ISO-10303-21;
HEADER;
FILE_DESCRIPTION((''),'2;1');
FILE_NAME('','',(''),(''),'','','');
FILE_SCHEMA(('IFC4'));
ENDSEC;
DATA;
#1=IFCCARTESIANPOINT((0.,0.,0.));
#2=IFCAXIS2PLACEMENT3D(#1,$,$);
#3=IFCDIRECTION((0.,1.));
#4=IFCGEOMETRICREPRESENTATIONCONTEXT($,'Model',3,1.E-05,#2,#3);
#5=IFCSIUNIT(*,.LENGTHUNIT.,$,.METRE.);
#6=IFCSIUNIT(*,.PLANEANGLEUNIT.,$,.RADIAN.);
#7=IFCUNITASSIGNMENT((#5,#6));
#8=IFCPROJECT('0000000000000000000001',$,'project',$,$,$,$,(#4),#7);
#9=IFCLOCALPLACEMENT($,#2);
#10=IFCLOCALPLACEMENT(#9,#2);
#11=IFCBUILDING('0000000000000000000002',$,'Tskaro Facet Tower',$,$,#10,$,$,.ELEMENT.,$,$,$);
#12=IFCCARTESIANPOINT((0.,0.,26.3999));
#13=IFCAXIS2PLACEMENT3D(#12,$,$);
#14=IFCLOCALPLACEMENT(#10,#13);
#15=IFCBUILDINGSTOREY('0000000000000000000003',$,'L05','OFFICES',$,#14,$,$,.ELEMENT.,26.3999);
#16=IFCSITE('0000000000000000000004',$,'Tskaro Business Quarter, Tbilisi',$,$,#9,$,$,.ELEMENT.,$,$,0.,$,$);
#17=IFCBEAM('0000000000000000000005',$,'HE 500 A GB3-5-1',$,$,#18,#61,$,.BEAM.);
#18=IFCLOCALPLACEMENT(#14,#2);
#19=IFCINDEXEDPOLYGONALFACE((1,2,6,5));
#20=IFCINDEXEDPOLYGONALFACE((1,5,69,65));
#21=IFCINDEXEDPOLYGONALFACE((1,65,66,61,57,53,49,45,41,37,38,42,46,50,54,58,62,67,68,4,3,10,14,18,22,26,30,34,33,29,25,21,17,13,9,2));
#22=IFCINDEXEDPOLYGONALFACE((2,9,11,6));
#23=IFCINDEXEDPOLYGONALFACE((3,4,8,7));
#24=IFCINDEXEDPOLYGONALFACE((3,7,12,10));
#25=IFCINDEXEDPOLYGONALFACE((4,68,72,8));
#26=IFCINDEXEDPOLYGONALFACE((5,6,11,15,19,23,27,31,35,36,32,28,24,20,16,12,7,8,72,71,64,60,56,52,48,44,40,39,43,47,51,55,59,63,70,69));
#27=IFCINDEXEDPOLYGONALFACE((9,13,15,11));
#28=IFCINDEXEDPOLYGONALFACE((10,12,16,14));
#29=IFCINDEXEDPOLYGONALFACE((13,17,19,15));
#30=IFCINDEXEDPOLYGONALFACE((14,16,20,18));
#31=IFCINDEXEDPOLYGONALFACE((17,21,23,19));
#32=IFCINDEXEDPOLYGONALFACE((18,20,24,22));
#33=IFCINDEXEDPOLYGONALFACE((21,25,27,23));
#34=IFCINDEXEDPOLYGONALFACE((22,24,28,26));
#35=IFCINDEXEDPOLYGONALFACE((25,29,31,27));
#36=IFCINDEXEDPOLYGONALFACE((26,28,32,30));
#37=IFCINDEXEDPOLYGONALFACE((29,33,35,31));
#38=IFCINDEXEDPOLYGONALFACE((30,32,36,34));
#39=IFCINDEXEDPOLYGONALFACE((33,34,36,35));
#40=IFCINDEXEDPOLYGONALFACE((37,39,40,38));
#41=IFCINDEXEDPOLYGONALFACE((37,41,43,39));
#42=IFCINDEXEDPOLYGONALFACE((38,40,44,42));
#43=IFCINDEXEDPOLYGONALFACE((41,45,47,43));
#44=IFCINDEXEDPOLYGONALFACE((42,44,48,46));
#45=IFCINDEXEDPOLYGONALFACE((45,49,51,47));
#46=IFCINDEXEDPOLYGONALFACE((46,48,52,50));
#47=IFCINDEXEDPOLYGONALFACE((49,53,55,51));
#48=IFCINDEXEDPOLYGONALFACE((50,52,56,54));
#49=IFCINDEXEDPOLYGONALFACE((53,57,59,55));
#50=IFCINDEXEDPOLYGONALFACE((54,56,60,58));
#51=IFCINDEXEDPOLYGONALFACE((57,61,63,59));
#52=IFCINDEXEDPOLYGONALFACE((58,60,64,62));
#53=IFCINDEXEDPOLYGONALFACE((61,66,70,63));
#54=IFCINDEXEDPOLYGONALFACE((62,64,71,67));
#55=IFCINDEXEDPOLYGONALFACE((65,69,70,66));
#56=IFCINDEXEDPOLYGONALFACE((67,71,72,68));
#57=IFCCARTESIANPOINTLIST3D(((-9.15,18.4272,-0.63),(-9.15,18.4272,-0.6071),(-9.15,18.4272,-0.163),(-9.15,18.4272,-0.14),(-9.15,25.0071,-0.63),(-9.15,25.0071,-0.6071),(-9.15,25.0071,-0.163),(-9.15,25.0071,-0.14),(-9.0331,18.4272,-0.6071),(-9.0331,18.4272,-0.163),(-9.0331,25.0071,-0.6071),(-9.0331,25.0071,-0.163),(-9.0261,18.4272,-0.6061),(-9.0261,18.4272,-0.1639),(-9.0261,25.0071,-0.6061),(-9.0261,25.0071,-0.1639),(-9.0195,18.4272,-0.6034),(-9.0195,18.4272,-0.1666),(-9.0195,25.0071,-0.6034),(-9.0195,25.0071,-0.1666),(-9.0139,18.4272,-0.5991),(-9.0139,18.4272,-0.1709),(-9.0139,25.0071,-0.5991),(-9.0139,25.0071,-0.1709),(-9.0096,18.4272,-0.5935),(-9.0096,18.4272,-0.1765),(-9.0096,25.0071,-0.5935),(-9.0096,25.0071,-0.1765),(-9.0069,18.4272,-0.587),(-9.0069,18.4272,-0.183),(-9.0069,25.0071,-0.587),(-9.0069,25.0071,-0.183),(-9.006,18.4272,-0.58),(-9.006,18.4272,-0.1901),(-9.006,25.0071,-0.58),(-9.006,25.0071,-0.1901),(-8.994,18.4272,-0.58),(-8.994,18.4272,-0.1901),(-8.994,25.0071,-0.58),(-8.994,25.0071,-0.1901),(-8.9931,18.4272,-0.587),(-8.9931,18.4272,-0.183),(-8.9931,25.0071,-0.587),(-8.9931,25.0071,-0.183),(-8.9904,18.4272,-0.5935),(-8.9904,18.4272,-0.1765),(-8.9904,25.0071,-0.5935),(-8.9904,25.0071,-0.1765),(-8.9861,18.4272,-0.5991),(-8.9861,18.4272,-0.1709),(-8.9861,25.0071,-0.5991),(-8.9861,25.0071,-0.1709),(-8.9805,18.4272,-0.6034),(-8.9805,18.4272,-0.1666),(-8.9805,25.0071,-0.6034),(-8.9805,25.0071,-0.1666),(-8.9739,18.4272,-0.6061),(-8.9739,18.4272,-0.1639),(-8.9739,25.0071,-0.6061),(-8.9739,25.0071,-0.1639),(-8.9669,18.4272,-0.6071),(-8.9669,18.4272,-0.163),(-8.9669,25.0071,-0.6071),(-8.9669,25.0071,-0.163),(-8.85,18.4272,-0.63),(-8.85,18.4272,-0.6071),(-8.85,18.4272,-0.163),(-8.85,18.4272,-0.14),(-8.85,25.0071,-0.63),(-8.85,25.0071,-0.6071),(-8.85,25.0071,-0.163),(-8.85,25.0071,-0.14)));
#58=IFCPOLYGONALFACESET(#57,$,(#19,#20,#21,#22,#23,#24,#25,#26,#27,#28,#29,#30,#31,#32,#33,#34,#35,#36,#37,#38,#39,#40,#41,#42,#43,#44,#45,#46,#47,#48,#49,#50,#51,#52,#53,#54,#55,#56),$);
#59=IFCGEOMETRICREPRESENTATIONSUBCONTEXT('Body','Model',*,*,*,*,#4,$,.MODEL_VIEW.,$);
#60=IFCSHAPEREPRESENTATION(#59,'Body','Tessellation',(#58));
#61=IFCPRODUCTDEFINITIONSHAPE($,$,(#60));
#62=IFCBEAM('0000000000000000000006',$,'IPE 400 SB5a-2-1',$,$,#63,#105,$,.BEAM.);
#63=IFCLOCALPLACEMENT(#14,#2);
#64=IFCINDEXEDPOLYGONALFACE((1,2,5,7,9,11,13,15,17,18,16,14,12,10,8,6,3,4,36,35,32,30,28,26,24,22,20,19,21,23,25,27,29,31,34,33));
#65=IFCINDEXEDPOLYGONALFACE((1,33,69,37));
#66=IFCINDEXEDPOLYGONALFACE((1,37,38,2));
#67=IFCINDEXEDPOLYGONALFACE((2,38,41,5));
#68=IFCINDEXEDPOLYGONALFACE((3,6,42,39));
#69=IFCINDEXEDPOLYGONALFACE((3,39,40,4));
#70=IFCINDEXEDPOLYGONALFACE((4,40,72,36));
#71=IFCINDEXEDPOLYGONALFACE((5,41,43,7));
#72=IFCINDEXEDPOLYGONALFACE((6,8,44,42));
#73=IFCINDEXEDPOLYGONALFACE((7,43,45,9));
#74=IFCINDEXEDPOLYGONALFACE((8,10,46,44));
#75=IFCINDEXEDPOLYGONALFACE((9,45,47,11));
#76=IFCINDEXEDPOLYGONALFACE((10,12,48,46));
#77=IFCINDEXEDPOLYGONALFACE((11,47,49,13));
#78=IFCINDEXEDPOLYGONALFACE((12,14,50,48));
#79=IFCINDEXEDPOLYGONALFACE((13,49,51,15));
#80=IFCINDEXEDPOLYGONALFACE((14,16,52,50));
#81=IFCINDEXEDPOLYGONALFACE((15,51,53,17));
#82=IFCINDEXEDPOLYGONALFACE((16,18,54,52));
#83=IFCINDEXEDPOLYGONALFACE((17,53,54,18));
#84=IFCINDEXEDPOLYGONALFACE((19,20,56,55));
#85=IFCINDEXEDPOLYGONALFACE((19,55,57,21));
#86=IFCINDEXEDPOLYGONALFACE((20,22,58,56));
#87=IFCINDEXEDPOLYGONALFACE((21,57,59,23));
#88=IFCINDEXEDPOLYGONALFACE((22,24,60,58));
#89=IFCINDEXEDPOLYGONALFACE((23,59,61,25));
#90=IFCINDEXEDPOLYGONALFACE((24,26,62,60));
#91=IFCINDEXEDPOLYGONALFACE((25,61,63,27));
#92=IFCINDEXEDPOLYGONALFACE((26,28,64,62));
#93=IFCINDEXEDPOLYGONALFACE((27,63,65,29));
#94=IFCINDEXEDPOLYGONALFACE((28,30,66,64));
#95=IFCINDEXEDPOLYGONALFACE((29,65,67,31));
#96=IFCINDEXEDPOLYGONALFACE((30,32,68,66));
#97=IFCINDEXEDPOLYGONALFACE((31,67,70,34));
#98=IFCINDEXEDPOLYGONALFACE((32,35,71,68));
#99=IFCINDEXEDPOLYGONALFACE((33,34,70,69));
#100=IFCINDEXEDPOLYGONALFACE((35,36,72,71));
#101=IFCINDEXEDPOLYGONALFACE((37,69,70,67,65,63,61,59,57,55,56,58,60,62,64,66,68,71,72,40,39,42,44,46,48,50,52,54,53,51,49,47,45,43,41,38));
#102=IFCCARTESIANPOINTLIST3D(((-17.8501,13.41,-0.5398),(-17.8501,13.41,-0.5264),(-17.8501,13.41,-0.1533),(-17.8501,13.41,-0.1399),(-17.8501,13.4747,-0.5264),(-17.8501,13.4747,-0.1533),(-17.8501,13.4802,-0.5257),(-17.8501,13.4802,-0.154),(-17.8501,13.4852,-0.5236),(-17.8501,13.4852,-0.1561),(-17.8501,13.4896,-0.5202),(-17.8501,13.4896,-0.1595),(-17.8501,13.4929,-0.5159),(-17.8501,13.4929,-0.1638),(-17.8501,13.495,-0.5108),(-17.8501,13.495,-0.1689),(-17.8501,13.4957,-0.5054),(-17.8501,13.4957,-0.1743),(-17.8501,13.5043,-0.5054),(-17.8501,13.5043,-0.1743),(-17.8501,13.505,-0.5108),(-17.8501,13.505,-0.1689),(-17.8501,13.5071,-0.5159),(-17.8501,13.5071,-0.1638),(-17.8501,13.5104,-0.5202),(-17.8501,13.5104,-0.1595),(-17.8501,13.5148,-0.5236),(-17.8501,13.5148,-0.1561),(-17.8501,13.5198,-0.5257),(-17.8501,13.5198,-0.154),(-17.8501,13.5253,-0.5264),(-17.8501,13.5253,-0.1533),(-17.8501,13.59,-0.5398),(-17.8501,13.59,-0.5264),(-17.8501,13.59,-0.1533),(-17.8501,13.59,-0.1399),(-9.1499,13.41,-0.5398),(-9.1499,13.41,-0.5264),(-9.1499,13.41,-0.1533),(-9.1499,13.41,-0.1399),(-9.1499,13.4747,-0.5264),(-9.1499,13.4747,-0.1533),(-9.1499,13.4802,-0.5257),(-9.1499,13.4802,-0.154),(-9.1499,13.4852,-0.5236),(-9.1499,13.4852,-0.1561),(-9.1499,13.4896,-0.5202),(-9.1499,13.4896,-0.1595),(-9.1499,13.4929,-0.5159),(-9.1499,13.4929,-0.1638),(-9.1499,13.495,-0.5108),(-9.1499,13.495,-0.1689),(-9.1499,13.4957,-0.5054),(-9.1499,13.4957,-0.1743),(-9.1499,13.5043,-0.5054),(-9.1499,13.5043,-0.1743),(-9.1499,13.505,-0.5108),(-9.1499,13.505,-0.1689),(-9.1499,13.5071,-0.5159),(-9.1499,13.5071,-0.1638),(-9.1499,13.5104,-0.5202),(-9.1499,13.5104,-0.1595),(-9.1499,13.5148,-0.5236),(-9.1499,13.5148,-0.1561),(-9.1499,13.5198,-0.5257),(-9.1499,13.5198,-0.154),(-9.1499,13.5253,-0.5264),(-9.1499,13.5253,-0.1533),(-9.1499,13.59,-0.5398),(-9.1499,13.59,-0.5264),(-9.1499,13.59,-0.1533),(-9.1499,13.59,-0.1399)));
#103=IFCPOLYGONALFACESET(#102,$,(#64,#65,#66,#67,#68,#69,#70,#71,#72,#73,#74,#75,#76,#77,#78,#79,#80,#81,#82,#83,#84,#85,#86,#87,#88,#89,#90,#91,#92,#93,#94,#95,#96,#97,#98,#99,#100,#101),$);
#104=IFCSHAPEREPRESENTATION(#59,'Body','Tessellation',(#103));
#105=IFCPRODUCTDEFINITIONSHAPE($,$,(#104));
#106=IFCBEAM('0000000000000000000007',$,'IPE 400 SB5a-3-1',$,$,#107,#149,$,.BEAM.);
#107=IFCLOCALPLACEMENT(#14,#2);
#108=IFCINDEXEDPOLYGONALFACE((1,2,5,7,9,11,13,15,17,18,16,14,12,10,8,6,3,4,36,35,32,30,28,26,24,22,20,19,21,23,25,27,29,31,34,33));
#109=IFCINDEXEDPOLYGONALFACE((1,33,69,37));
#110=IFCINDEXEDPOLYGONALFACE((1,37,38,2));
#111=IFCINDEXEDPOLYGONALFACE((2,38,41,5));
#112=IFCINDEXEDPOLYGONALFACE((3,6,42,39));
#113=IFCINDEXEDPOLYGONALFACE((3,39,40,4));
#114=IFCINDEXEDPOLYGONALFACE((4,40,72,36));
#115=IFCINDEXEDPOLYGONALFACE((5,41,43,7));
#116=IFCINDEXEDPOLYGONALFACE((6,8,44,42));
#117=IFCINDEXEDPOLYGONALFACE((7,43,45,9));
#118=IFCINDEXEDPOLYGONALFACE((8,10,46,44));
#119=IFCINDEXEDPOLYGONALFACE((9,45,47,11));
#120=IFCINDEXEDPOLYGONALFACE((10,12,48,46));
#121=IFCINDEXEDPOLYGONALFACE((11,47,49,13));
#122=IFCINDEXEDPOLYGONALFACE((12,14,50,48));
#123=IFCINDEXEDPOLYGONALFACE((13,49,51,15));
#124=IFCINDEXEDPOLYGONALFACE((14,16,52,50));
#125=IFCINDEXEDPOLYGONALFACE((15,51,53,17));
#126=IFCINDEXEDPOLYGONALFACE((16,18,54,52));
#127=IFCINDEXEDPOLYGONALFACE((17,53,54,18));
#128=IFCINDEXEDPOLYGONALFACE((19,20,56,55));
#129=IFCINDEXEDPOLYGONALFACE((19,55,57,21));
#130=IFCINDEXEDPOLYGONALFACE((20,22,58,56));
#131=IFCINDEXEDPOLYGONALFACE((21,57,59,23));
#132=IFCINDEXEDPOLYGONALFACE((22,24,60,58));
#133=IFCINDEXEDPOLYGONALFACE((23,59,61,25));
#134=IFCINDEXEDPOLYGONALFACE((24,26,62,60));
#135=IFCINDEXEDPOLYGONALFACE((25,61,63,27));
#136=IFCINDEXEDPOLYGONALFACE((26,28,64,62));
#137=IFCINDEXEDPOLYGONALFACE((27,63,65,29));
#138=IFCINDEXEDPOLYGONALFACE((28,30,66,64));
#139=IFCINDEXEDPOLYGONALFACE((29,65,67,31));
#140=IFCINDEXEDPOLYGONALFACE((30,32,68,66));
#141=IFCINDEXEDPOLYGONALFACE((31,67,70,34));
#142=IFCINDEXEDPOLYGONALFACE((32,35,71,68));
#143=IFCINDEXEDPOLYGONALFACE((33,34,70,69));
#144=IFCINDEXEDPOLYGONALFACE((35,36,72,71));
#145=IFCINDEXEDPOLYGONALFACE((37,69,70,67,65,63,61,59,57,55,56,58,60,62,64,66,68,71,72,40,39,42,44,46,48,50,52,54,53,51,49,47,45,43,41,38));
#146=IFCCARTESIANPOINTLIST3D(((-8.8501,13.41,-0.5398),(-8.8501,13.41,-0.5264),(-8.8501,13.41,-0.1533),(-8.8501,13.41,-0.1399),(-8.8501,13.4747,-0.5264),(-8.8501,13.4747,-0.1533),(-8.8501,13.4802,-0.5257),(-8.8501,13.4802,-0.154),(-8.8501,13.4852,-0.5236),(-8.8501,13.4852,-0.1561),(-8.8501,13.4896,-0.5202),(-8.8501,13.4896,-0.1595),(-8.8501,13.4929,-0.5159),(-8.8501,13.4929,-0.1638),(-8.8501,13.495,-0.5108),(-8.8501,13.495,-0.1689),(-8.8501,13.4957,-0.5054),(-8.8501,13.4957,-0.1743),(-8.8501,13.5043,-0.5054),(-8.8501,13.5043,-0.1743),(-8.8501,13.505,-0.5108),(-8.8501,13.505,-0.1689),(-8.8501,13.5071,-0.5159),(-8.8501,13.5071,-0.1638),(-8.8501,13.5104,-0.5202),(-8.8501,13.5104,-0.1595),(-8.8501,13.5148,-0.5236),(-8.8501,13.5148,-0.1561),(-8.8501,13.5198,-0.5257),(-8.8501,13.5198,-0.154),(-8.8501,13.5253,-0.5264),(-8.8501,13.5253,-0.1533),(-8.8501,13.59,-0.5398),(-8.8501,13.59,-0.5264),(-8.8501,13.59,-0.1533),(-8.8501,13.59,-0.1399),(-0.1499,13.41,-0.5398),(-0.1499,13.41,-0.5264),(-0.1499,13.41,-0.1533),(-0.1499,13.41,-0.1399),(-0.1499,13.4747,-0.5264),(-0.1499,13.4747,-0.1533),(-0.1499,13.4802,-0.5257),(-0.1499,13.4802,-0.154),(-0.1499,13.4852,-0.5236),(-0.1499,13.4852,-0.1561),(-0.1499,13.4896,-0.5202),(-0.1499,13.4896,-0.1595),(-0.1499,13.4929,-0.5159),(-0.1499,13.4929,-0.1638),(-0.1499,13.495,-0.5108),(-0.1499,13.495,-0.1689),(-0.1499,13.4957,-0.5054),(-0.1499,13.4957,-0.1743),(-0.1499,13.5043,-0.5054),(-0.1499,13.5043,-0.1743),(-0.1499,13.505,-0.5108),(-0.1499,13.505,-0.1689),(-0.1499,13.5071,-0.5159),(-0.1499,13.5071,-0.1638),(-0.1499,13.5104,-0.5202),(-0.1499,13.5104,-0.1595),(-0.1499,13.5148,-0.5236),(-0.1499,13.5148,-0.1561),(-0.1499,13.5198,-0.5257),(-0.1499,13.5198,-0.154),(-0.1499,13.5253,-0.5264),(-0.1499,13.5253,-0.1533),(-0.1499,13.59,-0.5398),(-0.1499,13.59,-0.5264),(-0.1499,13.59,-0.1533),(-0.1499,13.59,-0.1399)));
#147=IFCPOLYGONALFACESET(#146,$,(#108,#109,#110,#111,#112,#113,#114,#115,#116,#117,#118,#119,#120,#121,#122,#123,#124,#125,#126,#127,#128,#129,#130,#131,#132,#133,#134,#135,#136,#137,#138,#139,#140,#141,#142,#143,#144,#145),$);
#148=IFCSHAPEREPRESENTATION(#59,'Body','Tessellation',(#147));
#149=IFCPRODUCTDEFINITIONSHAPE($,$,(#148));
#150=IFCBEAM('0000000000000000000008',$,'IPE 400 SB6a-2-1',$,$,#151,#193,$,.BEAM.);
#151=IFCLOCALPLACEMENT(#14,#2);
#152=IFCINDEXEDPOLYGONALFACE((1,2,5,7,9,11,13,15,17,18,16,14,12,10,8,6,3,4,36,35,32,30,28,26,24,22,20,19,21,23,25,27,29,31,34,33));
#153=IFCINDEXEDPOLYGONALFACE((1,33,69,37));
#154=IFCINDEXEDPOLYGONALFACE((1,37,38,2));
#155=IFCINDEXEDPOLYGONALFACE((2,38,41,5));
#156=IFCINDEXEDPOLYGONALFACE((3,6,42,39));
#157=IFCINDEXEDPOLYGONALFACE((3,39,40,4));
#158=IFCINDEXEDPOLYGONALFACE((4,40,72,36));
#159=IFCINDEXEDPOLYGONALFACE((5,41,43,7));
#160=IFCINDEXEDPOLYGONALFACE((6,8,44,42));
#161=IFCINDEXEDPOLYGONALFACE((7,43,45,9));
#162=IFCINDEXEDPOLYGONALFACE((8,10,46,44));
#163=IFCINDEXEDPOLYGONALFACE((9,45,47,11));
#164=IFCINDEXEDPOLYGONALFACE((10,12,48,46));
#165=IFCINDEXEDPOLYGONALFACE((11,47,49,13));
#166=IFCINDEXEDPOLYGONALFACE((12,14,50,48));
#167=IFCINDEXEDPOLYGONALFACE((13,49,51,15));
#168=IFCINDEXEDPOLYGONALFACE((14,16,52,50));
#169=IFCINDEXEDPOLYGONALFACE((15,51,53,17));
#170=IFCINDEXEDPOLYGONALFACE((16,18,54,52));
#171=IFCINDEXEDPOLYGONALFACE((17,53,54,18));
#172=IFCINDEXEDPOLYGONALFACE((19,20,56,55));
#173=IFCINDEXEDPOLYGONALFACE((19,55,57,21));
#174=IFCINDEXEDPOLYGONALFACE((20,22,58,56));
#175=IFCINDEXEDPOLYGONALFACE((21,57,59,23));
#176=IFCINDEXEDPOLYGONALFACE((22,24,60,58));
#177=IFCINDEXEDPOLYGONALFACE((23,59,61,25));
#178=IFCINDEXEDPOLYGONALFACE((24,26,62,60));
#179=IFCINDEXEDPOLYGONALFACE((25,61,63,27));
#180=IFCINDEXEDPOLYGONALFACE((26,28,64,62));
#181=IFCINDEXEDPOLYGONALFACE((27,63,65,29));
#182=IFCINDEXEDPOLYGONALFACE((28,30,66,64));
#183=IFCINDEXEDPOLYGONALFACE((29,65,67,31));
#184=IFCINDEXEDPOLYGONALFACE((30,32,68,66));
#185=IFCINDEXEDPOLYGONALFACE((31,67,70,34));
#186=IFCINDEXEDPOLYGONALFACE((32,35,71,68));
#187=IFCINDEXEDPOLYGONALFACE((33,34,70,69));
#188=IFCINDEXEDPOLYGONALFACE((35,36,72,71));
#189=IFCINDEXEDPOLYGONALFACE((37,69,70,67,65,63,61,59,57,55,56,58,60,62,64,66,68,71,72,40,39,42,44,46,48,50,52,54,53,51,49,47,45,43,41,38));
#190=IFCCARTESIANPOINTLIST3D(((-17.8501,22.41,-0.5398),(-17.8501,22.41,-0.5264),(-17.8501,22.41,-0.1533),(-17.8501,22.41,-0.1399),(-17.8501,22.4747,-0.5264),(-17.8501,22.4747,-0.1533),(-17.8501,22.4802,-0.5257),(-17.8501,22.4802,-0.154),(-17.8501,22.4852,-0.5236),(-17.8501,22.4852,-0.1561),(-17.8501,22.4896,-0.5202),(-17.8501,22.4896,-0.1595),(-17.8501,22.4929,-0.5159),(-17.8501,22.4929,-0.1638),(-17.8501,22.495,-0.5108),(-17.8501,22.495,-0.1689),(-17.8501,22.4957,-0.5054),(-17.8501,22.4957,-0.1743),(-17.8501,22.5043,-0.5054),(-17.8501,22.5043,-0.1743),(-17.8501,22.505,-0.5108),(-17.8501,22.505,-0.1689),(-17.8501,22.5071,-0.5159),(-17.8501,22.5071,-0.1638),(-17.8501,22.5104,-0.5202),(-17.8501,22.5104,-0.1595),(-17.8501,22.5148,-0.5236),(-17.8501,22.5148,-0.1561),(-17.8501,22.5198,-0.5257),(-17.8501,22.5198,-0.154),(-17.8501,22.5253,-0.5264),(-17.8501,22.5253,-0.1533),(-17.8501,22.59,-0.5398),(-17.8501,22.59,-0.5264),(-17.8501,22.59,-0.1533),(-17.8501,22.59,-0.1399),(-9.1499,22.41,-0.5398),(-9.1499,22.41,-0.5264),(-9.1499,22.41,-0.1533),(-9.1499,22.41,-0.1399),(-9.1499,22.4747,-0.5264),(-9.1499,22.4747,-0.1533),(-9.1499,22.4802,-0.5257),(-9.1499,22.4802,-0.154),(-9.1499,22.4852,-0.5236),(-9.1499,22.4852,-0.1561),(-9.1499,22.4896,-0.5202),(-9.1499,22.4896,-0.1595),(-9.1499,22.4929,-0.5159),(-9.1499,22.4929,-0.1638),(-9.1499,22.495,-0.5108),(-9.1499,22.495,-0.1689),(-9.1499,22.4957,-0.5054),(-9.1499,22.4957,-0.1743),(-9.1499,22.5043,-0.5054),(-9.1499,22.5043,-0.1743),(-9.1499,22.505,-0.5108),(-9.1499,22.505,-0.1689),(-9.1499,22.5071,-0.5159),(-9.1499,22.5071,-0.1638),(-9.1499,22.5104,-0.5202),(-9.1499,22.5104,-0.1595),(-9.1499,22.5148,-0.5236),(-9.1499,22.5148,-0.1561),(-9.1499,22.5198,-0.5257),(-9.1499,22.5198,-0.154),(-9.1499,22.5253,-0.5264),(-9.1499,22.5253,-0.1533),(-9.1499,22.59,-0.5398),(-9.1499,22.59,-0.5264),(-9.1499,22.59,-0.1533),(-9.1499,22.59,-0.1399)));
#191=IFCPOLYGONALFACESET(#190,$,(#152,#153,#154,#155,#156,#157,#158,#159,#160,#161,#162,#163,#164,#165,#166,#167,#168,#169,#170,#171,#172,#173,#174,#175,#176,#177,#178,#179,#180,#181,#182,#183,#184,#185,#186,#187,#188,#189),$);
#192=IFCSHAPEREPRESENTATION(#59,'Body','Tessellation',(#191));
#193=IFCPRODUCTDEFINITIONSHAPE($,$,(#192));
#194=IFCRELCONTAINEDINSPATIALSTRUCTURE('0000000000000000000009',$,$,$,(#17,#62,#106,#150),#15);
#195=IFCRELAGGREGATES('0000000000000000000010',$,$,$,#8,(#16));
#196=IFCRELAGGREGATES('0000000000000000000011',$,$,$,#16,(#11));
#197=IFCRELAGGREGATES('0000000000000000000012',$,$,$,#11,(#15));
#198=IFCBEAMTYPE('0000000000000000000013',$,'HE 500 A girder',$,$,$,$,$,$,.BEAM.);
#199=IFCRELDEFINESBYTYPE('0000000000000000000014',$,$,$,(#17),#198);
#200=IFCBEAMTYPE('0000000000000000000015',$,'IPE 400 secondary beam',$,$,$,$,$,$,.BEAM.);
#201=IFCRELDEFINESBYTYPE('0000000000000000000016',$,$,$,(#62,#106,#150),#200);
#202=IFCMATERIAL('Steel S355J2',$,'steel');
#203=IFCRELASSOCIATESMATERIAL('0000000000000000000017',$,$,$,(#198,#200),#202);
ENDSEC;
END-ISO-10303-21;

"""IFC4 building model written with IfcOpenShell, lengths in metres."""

from ifc_helpers import new_model, si_unit, direction, frame, origin, origin_2d, place, context, subcontext, project, spatial, i_section, extrude, material, material_profile, profile_set, type_object, element, save


model = new_model("IFC4")

# Units and contexts
model_context = context("Model", 3, precision=1e-05, world=origin(), true_north=direction((0.0, 1.0)))
body_context = subcontext(model_context, "Body", "Model", "MODEL_VIEW")
ifc_project = project(units=[si_unit("LENGTHUNIT", "METRE"), si_unit("PLANEANGLEUNIT", "RADIAN")], contexts=[model_context])

# Site, building, storey
site_placement = place(None, origin())
site = spatial("IfcSite", under=ifc_project, at=site_placement, Name="Tskaro Business Quarter, Tbilisi", CompositionType="ELEMENT", RefElevation=0.0)
building_placement = place(site_placement, origin())
building = spatial("IfcBuilding", under=site, at=building_placement, Name="Tskaro Facet Tower", CompositionType="ELEMENT")
storey_placement = place(building_placement, frame((0.0, 0.0, 26.3999)))
storey = spatial("IfcBuildingStorey", under=building, at=storey_placement, Name="L05", Description="OFFICES", CompositionType="ELEMENT", Elevation=26.3999)

# Beams
ifc_material_1 = material(Name="Steel S355J2", Category="steel")
ifc_material_profile_1 = material_profile(ifc_material_1, i_section(OverallWidth=0.3, OverallDepth=0.49, WebThickness=0.012, FlangeThickness=0.0229, FilletRadius=0.0271, at=origin_2d()), Name="HE 500 A")
ifc_profile_set_1 = profile_set([ifc_material_profile_1], Name="Steel S355J2")
beam_type_1 = type_object("IfcBeamType", Name="HE 500 A girder", PredefinedType="BEAM", material=ifc_profile_set_1)
for number, where, z_axis, x_axis, name in (
    (1, (-9.0, 18.4272, -0.385), (0.0, 1.0, 0.0), (-1.0, 0.0, 0.0), "HE 500 A GB3-5-1"),
):
    element("IfcBeam", number, at=place(storey_placement, frame(where, z_axis=z_axis, x_axis=x_axis)), inside=storey, type_object=beam_type_1, Name=name, PredefinedType="BEAM", context=body_context, shape_type="SweptSolid", body=[
        extrude(i_section(OverallWidth=0.3, OverallDepth=0.49, WebThickness=0.012, FlangeThickness=0.0229, FilletRadius=0.0271, at=origin_2d()), origin(), (0.0, 0.0, 1.0), 6.5798),
    ])
ifc_material_profile_2 = material_profile(ifc_material_1, i_section(OverallWidth=0.1799, OverallDepth=0.3999, WebThickness=0.0085, FlangeThickness=0.0134, FilletRadius=0.021, at=origin_2d()), Name="IPE 400")
ifc_profile_set_2 = profile_set([ifc_material_profile_2], Name="Steel S355J2")
beam_type_2 = type_object("IfcBeamType", Name="IPE 400 secondary beam", PredefinedType="BEAM", material=ifc_profile_set_2)
for number, where, z_axis, x_axis, name in (
    (2, (-17.8501, 13.5, -0.3398), (1.0, 0.0, 0.0), (0.0, 1.0, 0.0), "IPE 400 SB5a-2-1"),
    (3, (-8.8501, 13.5, -0.3398), (1.0, 0.0, 0.0), (0.0, 1.0, 0.0), "IPE 400 SB5a-3-1"),
    (4, (-17.8501, 22.5, -0.3398), (1.0, 0.0, 0.0), (0.0, 1.0, 0.0), "IPE 400 SB6a-2-1"),
):
    element("IfcBeam", number, at=place(storey_placement, frame(where, z_axis=z_axis, x_axis=x_axis)), inside=storey, type_object=beam_type_2, Name=name, PredefinedType="BEAM", context=body_context, shape_type="SweptSolid", body=[
        extrude(i_section(OverallWidth=0.1799, OverallDepth=0.3999, WebThickness=0.0085, FlangeThickness=0.0134, FilletRadius=0.021, at=origin_2d()), origin(), (0.0, 0.0, 1.0), 8.7002),
    ])

save(model, "model.ifc")
